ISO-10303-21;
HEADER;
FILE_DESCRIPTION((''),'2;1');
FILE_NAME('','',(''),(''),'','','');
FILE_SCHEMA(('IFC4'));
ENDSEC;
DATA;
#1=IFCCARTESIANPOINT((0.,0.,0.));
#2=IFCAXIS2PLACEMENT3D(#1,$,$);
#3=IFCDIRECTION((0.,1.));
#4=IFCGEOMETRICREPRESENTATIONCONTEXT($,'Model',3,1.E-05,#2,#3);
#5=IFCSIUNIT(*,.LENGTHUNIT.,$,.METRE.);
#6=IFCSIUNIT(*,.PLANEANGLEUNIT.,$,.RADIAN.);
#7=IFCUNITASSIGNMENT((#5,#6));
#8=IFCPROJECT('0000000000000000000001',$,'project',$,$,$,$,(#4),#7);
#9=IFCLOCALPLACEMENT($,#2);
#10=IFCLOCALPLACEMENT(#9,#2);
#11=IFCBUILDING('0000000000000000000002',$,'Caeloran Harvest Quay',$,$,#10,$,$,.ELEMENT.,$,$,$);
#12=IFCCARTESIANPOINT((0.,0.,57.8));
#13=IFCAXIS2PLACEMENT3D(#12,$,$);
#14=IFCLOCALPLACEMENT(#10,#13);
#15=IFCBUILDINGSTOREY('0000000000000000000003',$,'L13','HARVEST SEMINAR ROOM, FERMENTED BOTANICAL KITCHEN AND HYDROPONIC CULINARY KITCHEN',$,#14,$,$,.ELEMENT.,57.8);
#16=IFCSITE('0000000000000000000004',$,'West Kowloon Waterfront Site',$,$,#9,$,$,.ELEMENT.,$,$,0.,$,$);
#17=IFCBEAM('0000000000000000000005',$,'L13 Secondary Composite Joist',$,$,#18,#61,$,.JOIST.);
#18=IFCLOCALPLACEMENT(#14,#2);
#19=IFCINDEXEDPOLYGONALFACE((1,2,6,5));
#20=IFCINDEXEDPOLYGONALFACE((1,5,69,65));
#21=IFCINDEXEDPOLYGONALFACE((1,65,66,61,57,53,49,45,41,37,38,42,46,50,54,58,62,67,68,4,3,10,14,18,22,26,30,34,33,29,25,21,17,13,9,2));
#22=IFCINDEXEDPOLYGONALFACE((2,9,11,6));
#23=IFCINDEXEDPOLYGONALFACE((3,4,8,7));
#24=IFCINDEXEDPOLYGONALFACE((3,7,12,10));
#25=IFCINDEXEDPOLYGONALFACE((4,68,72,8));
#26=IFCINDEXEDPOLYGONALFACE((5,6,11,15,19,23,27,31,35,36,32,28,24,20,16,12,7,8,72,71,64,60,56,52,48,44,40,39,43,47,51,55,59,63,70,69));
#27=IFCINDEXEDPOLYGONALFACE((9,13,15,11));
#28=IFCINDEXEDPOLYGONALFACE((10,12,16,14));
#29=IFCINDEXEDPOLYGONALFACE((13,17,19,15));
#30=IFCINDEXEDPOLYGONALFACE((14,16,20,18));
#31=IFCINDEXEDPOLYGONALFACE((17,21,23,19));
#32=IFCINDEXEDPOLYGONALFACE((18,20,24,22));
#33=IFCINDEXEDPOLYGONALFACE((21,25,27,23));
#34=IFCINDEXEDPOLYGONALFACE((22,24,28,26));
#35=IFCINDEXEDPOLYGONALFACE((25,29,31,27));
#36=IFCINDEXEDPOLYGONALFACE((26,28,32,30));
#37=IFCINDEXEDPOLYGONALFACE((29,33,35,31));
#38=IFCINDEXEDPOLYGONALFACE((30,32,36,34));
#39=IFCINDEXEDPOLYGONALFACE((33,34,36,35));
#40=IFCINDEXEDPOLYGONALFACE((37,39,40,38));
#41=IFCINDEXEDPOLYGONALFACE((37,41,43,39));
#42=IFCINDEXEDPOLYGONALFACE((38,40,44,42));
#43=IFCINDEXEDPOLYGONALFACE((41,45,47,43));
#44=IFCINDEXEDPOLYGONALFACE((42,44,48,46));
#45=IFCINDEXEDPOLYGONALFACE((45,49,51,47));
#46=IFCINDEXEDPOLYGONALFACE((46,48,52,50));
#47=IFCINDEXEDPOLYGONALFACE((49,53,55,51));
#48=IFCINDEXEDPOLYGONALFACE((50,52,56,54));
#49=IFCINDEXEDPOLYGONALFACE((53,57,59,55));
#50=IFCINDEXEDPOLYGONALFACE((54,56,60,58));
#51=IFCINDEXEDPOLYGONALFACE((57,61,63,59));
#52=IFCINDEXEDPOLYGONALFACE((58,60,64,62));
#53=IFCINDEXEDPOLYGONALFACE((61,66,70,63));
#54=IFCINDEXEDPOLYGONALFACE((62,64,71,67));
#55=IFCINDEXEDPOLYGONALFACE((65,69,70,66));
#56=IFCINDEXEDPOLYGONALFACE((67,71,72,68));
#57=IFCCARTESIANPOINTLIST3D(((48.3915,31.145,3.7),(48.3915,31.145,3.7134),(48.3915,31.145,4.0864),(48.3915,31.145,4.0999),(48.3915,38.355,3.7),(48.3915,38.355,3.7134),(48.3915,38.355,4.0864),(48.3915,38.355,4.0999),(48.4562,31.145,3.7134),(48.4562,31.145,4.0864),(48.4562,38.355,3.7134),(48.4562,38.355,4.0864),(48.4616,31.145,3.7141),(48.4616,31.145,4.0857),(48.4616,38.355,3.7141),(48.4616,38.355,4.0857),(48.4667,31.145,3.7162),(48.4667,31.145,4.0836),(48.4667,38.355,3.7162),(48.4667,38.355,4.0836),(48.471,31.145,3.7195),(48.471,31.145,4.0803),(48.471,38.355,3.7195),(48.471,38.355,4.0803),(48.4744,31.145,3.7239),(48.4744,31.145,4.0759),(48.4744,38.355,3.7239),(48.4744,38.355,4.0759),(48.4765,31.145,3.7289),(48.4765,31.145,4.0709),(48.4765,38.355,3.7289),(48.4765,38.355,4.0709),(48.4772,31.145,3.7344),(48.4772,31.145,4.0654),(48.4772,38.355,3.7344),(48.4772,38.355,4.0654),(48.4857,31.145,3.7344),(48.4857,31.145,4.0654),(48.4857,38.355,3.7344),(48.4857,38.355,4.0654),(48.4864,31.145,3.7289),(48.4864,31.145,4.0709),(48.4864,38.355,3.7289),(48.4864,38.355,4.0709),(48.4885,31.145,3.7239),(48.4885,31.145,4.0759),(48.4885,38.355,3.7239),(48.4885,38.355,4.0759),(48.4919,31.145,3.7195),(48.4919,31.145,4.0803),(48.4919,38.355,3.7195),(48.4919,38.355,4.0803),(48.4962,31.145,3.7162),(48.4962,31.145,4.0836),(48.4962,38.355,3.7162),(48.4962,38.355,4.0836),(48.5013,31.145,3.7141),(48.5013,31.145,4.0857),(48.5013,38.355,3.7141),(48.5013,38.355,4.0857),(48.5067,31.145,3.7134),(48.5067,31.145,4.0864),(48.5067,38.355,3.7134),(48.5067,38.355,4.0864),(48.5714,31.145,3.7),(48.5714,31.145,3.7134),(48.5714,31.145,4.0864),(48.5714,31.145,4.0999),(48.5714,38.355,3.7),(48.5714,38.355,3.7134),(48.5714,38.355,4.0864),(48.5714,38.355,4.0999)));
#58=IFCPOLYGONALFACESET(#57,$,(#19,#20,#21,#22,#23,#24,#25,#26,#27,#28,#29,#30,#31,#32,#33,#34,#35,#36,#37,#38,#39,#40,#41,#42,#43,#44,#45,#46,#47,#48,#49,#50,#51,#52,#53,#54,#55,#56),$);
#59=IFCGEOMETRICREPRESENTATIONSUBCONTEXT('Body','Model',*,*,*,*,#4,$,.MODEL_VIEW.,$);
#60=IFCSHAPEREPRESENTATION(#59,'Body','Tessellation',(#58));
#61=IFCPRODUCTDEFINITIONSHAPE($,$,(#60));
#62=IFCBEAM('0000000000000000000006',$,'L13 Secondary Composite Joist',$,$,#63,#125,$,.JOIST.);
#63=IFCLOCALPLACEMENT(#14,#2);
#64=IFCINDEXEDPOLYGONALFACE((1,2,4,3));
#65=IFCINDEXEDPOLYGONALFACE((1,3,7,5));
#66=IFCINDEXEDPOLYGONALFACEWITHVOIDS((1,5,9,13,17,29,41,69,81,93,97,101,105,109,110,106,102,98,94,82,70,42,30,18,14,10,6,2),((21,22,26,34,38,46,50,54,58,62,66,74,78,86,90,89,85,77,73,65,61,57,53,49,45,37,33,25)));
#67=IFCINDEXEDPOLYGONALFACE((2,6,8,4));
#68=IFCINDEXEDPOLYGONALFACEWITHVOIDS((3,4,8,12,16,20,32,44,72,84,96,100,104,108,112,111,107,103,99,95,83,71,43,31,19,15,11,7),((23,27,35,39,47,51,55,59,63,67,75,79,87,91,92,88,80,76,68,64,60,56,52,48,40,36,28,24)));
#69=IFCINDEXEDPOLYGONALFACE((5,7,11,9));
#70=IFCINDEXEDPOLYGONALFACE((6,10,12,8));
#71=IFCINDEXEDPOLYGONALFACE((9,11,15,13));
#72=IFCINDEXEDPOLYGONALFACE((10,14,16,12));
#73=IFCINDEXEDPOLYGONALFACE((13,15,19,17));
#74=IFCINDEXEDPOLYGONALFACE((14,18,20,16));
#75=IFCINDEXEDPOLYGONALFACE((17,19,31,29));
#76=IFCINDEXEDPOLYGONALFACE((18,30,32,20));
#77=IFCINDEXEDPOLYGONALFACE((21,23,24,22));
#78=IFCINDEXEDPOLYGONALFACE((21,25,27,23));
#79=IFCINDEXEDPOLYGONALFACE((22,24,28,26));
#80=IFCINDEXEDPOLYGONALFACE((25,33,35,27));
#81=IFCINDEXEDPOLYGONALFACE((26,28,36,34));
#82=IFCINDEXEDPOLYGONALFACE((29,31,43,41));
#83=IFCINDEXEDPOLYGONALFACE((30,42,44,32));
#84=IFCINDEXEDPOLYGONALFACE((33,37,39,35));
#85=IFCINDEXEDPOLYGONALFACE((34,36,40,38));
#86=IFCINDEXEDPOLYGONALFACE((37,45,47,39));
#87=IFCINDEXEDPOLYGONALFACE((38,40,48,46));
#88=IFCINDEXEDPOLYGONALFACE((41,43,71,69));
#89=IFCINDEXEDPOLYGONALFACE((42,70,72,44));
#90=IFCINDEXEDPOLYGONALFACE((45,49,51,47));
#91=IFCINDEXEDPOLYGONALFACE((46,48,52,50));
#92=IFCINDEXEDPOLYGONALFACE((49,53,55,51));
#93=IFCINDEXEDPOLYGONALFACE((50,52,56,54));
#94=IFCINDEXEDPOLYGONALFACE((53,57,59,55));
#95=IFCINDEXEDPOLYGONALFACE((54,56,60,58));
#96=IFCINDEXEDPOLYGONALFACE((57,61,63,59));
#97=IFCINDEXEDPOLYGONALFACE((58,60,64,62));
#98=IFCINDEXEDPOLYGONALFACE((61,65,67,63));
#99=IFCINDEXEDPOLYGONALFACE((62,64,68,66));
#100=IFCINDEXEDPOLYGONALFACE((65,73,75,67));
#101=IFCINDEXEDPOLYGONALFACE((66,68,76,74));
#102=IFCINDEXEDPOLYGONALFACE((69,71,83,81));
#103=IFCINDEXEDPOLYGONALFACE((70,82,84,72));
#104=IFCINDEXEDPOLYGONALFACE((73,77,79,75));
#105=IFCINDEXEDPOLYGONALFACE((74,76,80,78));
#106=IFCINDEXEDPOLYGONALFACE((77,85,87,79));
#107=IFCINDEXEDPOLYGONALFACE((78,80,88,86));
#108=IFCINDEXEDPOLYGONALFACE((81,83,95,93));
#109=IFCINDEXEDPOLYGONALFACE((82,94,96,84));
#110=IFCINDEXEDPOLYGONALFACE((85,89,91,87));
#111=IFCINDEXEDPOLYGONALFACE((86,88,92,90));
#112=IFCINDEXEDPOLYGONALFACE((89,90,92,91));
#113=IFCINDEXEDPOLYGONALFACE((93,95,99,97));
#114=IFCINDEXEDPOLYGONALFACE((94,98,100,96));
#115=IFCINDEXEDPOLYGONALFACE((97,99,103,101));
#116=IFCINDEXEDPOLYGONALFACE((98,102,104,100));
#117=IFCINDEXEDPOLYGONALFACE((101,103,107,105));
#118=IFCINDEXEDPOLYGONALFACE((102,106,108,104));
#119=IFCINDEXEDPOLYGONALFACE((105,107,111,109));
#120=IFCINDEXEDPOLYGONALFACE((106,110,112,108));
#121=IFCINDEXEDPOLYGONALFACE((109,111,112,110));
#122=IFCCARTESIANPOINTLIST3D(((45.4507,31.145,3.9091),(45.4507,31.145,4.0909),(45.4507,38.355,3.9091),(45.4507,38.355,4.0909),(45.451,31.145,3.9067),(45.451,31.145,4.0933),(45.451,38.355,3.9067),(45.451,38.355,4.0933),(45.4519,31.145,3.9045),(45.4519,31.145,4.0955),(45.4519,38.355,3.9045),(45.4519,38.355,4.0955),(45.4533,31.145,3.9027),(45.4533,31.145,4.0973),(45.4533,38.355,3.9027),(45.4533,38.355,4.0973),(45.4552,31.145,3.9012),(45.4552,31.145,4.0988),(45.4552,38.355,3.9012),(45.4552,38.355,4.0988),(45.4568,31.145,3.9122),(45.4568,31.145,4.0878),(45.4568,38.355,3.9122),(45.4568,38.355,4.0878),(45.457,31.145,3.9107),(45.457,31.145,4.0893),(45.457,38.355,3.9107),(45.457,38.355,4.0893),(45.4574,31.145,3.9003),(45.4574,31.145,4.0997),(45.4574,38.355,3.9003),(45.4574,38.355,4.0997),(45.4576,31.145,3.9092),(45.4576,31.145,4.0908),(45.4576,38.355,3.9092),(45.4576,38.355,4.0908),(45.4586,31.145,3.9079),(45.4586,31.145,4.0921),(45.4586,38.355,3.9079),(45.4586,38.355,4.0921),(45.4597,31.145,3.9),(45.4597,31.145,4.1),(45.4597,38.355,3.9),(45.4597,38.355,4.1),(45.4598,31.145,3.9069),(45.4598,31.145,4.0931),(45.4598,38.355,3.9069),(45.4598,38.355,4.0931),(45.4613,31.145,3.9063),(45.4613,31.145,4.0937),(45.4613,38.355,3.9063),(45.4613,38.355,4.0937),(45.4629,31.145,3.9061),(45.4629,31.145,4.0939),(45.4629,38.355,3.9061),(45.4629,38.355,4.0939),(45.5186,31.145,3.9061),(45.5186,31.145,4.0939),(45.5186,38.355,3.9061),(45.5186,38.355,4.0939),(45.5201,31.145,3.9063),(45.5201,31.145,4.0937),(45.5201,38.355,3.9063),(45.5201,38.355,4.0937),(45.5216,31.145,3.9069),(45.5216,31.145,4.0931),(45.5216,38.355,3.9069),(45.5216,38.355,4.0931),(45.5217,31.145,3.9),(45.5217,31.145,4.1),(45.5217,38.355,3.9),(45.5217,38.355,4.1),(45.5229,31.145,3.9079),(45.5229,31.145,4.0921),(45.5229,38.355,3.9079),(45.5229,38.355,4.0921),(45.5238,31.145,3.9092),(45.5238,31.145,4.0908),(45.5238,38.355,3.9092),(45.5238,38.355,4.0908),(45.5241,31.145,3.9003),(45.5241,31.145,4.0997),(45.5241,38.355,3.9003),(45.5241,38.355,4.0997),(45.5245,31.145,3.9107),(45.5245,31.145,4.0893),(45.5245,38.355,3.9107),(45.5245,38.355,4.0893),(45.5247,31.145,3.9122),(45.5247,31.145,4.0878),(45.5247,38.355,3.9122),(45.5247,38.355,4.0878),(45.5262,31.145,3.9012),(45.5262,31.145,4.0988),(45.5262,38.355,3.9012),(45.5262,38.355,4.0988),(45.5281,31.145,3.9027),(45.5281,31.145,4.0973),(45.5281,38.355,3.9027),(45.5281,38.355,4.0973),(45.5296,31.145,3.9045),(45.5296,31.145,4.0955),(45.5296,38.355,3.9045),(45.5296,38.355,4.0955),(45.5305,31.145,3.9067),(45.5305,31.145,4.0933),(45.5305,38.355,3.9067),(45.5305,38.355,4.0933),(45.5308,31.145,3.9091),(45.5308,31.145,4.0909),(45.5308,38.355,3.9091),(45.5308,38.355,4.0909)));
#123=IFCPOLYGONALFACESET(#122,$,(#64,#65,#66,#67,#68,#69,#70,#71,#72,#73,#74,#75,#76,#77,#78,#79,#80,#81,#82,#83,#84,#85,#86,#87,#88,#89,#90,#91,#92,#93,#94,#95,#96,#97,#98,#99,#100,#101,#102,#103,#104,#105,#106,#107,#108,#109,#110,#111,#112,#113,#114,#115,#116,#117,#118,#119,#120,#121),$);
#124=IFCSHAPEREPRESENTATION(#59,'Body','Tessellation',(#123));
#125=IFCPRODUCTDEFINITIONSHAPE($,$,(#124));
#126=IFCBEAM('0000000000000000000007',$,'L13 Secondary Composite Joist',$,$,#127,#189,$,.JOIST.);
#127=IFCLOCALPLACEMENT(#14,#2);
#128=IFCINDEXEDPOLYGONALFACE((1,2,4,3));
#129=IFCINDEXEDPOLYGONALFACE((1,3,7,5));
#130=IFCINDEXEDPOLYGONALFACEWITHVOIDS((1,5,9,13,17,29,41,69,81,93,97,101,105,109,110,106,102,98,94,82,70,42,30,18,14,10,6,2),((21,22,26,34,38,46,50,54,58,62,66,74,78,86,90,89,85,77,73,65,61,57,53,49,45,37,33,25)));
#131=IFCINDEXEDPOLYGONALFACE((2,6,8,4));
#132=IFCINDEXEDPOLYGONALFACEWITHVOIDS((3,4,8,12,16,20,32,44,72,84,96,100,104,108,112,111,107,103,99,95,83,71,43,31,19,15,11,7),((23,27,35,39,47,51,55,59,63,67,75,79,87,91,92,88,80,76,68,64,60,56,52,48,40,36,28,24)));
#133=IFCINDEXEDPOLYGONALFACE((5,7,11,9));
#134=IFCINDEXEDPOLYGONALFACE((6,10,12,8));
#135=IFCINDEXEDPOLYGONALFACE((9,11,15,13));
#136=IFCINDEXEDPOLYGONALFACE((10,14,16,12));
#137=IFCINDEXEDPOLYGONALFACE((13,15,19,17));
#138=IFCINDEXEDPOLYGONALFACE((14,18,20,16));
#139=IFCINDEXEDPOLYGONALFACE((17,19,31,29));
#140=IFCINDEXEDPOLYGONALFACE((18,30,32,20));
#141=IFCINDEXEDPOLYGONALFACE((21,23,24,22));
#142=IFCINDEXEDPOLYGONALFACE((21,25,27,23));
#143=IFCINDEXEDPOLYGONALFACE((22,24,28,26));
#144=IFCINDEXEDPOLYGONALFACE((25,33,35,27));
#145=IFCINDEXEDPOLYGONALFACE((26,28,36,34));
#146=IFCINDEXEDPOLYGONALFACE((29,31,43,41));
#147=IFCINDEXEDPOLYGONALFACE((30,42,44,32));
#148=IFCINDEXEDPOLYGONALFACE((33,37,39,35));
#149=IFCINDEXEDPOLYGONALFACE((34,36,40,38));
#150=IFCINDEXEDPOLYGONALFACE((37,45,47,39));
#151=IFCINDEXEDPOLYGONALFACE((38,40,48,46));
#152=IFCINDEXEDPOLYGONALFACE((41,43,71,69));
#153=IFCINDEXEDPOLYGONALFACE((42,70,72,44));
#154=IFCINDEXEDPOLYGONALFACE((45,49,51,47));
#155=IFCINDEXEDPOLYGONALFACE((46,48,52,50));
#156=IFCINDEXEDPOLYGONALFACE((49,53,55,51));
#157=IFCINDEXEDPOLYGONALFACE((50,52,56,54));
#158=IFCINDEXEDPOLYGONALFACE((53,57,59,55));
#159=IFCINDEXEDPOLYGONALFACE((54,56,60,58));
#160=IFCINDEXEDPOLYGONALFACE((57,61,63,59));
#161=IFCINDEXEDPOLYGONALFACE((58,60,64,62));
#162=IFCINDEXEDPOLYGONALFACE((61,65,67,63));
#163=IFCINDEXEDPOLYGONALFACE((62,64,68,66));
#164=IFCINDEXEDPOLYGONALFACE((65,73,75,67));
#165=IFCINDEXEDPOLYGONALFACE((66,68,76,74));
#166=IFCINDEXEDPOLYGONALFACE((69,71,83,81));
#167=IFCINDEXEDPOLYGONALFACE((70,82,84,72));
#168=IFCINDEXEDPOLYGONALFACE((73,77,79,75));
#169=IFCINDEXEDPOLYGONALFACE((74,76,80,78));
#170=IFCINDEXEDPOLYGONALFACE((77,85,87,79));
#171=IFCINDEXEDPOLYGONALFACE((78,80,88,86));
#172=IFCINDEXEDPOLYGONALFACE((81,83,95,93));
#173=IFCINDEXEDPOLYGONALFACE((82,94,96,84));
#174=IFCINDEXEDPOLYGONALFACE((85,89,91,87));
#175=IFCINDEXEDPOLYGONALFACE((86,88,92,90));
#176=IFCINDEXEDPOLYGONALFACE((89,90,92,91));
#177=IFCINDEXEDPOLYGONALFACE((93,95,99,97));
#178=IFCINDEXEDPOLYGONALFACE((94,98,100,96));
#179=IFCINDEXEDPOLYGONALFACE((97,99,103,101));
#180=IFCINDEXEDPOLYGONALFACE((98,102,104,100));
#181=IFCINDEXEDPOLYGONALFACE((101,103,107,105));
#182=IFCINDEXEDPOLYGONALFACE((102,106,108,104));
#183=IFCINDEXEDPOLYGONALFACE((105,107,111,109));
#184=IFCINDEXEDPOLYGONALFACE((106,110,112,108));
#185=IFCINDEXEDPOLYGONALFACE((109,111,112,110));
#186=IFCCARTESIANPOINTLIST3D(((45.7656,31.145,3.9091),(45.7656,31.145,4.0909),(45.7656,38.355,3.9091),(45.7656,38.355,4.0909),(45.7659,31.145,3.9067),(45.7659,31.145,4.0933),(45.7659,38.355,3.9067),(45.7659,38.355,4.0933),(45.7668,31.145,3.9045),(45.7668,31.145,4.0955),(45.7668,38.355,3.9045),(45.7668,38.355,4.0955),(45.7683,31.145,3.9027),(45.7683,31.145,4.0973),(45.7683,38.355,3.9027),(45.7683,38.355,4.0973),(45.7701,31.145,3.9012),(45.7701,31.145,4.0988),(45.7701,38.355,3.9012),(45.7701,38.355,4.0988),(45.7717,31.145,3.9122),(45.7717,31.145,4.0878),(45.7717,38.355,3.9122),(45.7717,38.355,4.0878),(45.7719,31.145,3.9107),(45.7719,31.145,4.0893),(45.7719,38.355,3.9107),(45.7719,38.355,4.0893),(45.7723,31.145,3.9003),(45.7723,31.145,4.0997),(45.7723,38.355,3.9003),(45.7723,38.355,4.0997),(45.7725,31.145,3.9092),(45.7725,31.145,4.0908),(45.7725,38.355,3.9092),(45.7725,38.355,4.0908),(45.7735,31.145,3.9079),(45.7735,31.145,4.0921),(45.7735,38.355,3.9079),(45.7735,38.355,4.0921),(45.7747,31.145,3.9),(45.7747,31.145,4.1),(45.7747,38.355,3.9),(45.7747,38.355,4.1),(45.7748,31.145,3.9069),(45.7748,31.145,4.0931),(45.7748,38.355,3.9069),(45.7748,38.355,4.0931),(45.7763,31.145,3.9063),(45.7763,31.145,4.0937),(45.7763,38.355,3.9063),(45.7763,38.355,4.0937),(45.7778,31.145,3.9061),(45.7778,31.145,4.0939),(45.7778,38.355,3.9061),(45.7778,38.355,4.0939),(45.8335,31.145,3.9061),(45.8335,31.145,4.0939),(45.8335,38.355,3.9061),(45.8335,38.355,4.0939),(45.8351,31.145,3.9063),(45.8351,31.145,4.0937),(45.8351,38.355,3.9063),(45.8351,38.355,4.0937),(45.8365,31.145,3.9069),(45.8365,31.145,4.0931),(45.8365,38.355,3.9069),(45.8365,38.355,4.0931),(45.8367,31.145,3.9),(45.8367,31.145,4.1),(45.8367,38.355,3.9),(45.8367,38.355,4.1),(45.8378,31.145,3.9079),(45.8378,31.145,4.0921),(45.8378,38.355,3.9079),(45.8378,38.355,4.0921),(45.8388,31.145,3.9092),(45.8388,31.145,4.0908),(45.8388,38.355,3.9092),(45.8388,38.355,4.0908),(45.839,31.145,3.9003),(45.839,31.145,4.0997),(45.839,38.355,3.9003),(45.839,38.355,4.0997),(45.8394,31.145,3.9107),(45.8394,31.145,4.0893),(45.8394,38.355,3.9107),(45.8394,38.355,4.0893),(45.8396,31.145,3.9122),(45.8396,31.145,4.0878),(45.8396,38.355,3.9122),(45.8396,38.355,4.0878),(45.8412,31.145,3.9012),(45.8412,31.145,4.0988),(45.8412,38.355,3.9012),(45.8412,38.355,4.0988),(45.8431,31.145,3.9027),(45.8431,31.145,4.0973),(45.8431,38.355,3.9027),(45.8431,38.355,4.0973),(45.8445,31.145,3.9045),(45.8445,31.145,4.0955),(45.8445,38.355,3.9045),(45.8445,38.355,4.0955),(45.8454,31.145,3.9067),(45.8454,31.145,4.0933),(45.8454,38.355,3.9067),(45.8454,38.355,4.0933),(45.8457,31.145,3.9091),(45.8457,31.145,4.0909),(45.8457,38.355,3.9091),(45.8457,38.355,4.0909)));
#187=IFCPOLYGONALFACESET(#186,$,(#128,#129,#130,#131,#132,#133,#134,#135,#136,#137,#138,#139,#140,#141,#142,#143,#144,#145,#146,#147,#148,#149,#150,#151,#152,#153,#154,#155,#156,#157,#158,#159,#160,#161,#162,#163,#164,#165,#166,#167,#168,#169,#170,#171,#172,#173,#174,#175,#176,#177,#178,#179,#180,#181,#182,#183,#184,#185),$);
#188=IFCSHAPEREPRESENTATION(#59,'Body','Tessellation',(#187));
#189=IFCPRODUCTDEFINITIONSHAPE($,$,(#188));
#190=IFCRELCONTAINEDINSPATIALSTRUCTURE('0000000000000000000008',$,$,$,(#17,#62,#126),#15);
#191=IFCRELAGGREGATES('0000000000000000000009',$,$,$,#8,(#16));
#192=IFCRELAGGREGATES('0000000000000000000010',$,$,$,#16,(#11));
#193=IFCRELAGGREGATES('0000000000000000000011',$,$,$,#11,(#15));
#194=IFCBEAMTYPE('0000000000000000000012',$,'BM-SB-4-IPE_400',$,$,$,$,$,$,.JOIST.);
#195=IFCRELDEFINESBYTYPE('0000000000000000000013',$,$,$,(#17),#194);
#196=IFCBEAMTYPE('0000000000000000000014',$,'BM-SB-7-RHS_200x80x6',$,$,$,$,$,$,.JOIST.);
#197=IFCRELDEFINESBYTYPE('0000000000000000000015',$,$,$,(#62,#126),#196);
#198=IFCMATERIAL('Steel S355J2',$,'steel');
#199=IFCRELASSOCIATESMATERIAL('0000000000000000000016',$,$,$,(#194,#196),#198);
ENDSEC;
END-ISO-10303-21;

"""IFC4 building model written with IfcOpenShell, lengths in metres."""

from ifc_helpers import new_model, si_unit, direction, frame, origin, origin_2d, place, context, subcontext, project, spatial, hollow_rectangle, i_section, extrude, material, material_profile, profile_set, type_object, element, save


model = new_model("IFC4")

# Units and contexts
model_context = context("Model", 3, precision=1e-05, world=origin(), true_north=direction((0.0, 1.0)))
body_context = subcontext(model_context, "Body", "Model", "MODEL_VIEW")
ifc_project = project(units=[si_unit("LENGTHUNIT", "METRE"), si_unit("PLANEANGLEUNIT", "RADIAN")], contexts=[model_context])

# Site, building, storey
site_placement = place(None, origin())
site = spatial("IfcSite", under=ifc_project, at=site_placement, Name="West Kowloon Waterfront Site", CompositionType="ELEMENT", RefElevation=0.0)
building_placement = place(site_placement, origin())
building = spatial("IfcBuilding", under=site, at=building_placement, Name="Caeloran Harvest Quay", CompositionType="ELEMENT")
storey_placement = place(building_placement, frame((0.0, 0.0, 57.8)))
storey = spatial("IfcBuildingStorey", under=building, at=storey_placement, Name="L13", Description="HARVEST SEMINAR ROOM, FERMENTED BOTANICAL KITCHEN AND HYDROPONIC CULINARY KITCHEN", CompositionType="ELEMENT", Elevation=57.8)

# Beams
ifc_material_1 = material(Name="Steel S355J2", Category="steel")
ifc_material_profile_1 = material_profile(ifc_material_1, i_section(OverallWidth=0.1799, OverallDepth=0.3999, WebThickness=0.0085, FlangeThickness=0.0134, FilletRadius=0.021, at=origin_2d()), Name="IPE 400")
ifc_profile_set_1 = profile_set([ifc_material_profile_1], Name="Steel S355J2")
beam_type_1 = type_object("IfcBeamType", Name="BM-SB-4-IPE_400", PredefinedType="JOIST", material=ifc_profile_set_1)
for number, where, z_axis, x_axis, name in (
    (1, (48.4814, 31.145, 3.8999), (0.0, 1.0, 0.0), (-1.0, 0.0, 0.0), "L13 Secondary Composite Joist"),
):
    element("IfcBeam", number, at=place(storey_placement, frame(where, z_axis=z_axis, x_axis=x_axis)), inside=storey, type_object=beam_type_1, Name=name, PredefinedType="JOIST", context=body_context, shape_type="SweptSolid", body=[
        extrude(i_section(OverallWidth=0.1799, OverallDepth=0.3999, WebThickness=0.0085, FlangeThickness=0.0134, FilletRadius=0.021, at=origin_2d()), origin(), (0.0, 0.0, 1.0), 7.21),
    ])
ifc_material_profile_2 = material_profile(ifc_material_1, hollow_rectangle(XDim=0.0801, YDim=0.2, WallThickness=0.0061, InnerFilletRadius=0.0061, OuterFilletRadius=0.009, at=origin_2d()), Name="RHS 200x80x6")
ifc_profile_set_2 = profile_set([ifc_material_profile_2], Name="Steel S355J2")
beam_type_2 = type_object("IfcBeamType", Name="BM-SB-7-RHS_200x80x6", PredefinedType="JOIST", material=ifc_profile_set_2)
for number, where, z_axis, x_axis, name in (
    (2, (45.4907, 31.145, 4.0), (0.0, 1.0, 0.0), (-1.0, 0.0, 0.0), "L13 Secondary Composite Joist"),
    (3, (45.8057, 31.145, 4.0), (0.0, 1.0, 0.0), (-1.0, 0.0, 0.0), "L13 Secondary Composite Joist"),
):
    element("IfcBeam", number, at=place(storey_placement, frame(where, z_axis=z_axis, x_axis=x_axis)), inside=storey, type_object=beam_type_2, Name=name, PredefinedType="JOIST", context=body_context, shape_type="SweptSolid", body=[
        extrude(hollow_rectangle(XDim=0.0801, YDim=0.2, WallThickness=0.0061, InnerFilletRadius=0.0061, OuterFilletRadius=0.009, at=origin_2d()), origin(), (0.0, 0.0, 1.0), 7.21),
    ])

save(model, "model.ifc")
